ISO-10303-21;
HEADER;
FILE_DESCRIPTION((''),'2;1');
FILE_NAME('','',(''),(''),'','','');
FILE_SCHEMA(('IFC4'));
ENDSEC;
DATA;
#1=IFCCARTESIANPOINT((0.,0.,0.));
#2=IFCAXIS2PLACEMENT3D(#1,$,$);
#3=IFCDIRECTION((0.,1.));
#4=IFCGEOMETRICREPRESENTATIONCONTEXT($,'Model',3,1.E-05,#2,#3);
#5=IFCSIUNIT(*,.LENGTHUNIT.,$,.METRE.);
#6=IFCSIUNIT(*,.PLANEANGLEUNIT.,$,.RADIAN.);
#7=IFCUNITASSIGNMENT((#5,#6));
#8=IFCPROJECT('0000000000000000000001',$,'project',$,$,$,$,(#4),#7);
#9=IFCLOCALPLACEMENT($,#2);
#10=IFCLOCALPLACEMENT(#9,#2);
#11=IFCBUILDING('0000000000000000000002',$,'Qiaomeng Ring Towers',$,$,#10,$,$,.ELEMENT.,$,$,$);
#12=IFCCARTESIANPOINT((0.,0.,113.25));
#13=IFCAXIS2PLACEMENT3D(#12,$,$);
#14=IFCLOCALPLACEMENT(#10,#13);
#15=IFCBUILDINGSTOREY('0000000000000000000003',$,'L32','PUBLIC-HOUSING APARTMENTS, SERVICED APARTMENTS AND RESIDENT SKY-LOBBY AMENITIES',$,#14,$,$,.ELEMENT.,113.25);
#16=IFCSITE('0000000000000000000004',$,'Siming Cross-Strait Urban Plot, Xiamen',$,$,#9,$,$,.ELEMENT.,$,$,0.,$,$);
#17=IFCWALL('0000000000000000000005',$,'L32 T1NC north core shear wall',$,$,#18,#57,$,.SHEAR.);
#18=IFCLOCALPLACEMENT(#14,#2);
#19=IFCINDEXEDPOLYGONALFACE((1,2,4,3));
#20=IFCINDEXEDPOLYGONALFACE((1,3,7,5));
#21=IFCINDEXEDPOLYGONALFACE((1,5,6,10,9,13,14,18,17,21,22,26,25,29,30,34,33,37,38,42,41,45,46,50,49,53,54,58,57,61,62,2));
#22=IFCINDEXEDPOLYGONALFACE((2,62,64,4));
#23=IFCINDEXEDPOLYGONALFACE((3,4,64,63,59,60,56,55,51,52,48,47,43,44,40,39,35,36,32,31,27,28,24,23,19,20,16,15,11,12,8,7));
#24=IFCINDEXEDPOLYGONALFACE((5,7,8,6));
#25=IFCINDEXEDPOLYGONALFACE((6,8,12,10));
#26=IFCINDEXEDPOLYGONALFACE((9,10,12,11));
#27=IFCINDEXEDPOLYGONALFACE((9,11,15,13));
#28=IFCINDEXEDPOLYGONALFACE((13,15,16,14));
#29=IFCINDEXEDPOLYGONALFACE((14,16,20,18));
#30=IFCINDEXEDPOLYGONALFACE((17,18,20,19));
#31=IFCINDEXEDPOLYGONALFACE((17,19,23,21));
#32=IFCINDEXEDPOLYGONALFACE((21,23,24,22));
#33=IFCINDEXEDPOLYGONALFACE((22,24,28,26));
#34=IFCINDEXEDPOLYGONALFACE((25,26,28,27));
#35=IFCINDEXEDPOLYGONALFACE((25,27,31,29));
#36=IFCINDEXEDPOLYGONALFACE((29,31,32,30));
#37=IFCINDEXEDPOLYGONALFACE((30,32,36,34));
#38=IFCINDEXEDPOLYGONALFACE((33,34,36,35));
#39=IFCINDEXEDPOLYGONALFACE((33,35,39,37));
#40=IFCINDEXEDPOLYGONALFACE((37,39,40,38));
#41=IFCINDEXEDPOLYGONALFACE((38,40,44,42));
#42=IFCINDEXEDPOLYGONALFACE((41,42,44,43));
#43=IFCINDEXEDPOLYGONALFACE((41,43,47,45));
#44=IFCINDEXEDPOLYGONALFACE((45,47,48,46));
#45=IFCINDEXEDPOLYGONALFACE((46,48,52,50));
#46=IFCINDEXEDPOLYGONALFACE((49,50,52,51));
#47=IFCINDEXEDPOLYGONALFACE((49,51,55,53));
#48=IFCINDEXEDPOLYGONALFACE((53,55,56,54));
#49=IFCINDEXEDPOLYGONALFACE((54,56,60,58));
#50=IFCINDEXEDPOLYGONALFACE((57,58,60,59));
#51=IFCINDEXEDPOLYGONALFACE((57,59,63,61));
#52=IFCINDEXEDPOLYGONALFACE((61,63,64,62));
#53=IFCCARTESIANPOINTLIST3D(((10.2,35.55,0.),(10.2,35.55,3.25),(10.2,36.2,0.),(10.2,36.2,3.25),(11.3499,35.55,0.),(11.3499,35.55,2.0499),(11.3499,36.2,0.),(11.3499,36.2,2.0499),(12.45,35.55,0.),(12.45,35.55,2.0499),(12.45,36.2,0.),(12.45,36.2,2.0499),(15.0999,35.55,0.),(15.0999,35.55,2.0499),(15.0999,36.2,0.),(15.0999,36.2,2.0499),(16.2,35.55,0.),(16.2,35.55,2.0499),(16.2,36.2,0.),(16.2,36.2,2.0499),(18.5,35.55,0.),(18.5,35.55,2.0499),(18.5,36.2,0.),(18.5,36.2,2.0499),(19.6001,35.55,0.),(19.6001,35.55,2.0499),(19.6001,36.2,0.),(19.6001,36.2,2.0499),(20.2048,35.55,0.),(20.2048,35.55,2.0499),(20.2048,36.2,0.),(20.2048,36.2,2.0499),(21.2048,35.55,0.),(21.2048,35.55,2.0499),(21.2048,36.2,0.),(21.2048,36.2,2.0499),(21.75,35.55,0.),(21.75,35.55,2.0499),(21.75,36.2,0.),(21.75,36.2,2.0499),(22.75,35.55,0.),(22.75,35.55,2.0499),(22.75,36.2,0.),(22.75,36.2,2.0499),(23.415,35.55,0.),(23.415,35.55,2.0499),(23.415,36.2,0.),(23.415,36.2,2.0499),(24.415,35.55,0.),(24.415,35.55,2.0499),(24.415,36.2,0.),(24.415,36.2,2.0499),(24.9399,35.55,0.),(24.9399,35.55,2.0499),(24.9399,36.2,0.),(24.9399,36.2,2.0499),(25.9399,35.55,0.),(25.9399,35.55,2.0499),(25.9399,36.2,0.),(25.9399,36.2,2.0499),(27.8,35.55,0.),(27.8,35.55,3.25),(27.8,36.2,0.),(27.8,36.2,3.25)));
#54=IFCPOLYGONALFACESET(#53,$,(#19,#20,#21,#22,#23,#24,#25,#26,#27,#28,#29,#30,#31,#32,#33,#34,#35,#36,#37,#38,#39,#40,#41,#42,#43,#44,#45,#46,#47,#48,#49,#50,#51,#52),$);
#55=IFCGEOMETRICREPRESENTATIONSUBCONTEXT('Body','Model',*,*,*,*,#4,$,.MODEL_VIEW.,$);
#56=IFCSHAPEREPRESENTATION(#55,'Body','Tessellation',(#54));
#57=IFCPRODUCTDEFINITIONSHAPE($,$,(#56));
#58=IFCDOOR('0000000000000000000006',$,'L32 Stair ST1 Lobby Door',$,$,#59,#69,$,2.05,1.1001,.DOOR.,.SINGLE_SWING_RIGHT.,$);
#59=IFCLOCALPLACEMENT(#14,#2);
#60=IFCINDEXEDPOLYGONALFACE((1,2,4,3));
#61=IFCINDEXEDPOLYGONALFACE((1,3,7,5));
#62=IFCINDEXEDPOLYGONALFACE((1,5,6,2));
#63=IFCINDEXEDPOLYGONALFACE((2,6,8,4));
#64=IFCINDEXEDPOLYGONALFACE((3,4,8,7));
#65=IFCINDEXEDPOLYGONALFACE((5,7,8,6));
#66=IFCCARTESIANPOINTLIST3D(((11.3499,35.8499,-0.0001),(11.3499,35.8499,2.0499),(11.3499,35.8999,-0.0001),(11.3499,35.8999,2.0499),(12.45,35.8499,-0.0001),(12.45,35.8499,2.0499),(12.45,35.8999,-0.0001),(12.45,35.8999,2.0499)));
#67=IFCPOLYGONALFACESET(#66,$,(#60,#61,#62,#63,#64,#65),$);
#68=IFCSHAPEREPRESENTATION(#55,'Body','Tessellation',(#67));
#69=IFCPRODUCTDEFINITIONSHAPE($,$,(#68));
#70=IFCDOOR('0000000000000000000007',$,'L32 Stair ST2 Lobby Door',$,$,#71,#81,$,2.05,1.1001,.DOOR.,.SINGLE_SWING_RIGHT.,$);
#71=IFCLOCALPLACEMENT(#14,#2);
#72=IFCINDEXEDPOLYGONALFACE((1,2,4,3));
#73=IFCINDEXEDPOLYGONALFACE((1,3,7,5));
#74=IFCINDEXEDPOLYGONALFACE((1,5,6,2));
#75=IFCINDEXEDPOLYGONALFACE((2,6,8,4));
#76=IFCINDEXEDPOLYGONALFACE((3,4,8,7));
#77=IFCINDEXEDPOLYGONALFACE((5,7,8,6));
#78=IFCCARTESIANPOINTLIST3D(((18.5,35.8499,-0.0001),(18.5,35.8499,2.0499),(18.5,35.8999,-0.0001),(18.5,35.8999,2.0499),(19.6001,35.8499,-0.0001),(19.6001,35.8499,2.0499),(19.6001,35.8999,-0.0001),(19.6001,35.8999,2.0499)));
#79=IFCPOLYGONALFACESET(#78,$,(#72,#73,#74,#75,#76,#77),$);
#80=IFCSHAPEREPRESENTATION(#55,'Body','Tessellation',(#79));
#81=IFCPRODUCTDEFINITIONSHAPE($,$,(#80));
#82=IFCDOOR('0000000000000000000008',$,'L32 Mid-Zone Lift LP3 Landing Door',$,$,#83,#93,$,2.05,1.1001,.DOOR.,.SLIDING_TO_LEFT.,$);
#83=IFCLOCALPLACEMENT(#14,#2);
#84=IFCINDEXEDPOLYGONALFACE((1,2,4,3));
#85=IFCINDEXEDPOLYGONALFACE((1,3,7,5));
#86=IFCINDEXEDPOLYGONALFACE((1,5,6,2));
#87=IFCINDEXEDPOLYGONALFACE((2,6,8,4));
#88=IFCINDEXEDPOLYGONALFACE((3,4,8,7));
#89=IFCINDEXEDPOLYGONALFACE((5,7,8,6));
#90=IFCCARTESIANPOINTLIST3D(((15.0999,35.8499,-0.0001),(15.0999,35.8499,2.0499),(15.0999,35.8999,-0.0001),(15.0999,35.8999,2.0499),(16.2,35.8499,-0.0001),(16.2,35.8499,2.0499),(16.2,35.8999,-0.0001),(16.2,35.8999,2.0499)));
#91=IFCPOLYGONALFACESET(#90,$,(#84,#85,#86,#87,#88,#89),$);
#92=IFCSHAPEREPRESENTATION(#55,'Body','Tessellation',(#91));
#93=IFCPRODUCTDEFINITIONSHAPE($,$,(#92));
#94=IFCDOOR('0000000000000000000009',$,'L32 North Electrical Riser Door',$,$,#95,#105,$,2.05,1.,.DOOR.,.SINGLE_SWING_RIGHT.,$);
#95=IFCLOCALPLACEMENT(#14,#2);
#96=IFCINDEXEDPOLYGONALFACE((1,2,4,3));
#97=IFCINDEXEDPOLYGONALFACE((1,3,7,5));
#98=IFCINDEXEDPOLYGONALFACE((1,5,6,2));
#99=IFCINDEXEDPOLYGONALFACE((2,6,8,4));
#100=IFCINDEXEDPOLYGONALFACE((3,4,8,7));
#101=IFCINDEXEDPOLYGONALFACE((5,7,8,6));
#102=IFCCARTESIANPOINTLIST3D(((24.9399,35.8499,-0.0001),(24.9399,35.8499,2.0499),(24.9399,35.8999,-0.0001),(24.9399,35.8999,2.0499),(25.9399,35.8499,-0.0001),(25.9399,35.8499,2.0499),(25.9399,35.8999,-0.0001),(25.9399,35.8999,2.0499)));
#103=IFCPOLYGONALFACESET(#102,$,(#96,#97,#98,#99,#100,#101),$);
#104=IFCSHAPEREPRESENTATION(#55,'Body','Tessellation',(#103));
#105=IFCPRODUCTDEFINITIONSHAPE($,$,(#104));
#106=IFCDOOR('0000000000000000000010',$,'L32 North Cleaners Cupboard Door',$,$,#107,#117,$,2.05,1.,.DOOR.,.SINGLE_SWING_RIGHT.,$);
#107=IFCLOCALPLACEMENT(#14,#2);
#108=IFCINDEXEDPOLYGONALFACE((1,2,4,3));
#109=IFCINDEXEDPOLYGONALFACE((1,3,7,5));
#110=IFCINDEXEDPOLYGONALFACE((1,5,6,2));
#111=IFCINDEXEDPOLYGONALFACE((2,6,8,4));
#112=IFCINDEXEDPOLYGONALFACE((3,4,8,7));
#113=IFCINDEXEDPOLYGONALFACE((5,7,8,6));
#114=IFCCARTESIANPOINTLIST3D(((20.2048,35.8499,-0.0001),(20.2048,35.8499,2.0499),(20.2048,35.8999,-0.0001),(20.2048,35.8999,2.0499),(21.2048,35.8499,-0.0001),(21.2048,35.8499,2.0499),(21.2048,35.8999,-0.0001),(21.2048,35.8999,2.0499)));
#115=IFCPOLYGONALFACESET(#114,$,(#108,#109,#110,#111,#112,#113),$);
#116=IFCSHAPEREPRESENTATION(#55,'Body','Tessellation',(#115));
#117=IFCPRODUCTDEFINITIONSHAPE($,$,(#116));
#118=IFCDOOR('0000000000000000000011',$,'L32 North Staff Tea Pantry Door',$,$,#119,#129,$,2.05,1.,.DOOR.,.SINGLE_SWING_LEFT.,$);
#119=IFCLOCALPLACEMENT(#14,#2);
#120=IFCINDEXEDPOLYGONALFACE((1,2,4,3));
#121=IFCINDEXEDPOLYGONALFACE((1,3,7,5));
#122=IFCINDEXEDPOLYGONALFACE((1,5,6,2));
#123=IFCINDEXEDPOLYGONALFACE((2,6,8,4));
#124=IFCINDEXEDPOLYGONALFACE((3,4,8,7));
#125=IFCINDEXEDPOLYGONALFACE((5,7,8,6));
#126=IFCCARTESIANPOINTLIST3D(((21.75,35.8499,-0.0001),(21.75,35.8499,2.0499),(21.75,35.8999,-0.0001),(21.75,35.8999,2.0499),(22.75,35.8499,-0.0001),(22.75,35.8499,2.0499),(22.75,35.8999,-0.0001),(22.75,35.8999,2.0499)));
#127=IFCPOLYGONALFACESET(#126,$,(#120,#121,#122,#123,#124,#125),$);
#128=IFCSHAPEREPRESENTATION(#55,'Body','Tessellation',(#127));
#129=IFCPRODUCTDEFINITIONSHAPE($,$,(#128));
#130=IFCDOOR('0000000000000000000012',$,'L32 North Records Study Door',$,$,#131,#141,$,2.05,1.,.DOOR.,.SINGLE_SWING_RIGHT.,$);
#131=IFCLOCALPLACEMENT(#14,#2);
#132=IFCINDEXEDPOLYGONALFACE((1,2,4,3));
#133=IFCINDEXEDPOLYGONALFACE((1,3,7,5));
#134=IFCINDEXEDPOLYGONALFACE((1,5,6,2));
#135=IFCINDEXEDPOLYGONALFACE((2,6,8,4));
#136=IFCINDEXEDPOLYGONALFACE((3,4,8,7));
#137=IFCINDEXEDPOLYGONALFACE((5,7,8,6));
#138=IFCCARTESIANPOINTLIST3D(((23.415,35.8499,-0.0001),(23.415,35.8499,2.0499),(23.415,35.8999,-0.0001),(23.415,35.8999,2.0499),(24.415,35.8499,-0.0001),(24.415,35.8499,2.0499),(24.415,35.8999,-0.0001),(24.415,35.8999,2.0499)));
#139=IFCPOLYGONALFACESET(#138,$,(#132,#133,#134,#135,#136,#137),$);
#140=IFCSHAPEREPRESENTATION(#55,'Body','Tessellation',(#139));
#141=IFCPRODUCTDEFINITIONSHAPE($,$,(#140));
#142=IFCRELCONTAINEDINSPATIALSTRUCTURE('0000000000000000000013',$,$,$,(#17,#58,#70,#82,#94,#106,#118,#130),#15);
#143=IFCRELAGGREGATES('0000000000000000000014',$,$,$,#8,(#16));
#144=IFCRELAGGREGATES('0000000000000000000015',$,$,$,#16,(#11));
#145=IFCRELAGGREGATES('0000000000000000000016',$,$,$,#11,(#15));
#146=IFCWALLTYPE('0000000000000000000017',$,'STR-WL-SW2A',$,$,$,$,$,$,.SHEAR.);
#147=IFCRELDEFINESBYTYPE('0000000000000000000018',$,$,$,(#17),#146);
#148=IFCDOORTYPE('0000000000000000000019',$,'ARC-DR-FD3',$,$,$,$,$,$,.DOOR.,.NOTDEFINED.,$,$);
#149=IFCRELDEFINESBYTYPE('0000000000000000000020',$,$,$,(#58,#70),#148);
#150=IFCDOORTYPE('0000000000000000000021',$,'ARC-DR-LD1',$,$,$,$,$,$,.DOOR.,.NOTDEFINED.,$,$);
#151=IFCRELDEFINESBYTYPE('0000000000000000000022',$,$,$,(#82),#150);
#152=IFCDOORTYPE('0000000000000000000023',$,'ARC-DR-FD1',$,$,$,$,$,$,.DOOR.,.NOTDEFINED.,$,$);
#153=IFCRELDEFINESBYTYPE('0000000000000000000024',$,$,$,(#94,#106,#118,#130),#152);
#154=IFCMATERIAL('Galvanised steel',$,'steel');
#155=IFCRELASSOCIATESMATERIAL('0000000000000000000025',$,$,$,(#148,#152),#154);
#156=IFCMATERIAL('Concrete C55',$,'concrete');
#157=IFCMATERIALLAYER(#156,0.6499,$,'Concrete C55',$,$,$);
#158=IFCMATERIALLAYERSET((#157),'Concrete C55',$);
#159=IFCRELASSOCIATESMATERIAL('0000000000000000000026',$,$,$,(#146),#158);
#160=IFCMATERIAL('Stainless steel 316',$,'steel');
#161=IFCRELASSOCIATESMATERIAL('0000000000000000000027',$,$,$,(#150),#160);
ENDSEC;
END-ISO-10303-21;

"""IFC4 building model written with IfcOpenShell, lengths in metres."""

from ifc_helpers import new_model, si_unit, direction, frame, frame_2d, origin, place, context, subcontext, project, spatial, rectangle, extrude, source, transform, mapped, material, layer, layer_set, type_object, element, fill, save


model = new_model("IFC4")

# Units and contexts
model_context = context("Model", 3, precision=1e-05, world=origin(), true_north=direction((0.0, 1.0)))
body_context = subcontext(model_context, "Body", "Model", "MODEL_VIEW")
ifc_project = project(units=[si_unit("LENGTHUNIT", "METRE"), si_unit("PLANEANGLEUNIT", "RADIAN")], contexts=[model_context])

# Site, building, storey
site_placement = place(None, origin())
site = spatial("IfcSite", under=ifc_project, at=site_placement, Name="Siming Cross-Strait Urban Plot, Xiamen", CompositionType="ELEMENT", RefElevation=0.0)
building_placement = place(site_placement, origin())
building = spatial("IfcBuilding", under=site, at=building_placement, Name="Qiaomeng Ring Towers", CompositionType="ELEMENT")
storey_placement = place(building_placement, frame((0.0, 0.0, 113.25)))
storey = spatial("IfcBuildingStorey", under=building, at=storey_placement, Name="L32", Description="PUBLIC-HOUSING APARTMENTS, SERVICED APARTMENTS AND RESIDENT SKY-LOBBY AMENITIES", CompositionType="ELEMENT", Elevation=113.25)

# Shared definitions
ifc_material_1 = material(Name="Concrete C55", Category="concrete")

# Shared definitions
shared_shape_1 = source(origin(), body_context, "Body", "SweptSolid", [
    extrude(rectangle(XDim=1.0, YDim=2.05, at=frame_2d((0.5, 1.0249))), frame((0.0, 0.0249, 0.0), z_axis=(0.0, -1.0, 0.0), x_axis=(1.0, 0.0, 0.0)), (0.0, 0.0, 1.0), 0.05),
])

# Shared definitions
ifc_material_2 = material(Name="Galvanised steel", Category="steel")
door_type_1 = type_object("IfcDoorType", Name="ARC-DR-FD3", OperationType="NOTDEFINED", PredefinedType="DOOR", material=ifc_material_2)
shared_shape_2 = source(origin(), body_context, "Body", "SweptSolid", [
    extrude(rectangle(XDim=1.1001, YDim=2.05, at=frame_2d((0.55, 1.0249))), frame((0.0, 0.0249, 0.0), z_axis=(0.0, -1.0, 0.0), x_axis=(1.0, 0.0, 0.0)), (0.0, 0.0, 1.0), 0.05),
])

# Wall, openings, doors
ifc_layer_1 = layer(ifc_material_1, 0.6499, Name="Concrete C55")
ifc_layer_set_1 = layer_set([ifc_layer_1], Name="Concrete C55")
wall_type_1 = type_object("IfcWallType", Name="STR-WL-SW2A", PredefinedType="SHEAR", material=ifc_layer_set_1)
wall_1_placement = place(storey_placement, frame((10.2, 35.875, 0.0), z_axis=(0.0, 0.0, 1.0), x_axis=(1.0, 0.0, 0.0)))
wall_1 = element("IfcWall", 1, at=wall_1_placement, inside=storey, type_object=wall_type_1, Name="L32 T1NC north core shear wall", PredefinedType="SHEAR", context=body_context, shape_type="SweptSolid", body=[
    extrude(rectangle(XDim=17.6001, YDim=0.6499, at=frame_2d((8.8, 0.0))), origin(), (0.0, 0.0, 1.0), 3.25),
])
opening_1_placement = place(wall_1_placement, frame((1.1499, 0.0, 0.0)))
opening_1 = element("IfcOpeningElement", 2, at=opening_1_placement, cuts=wall_1, PredefinedType="OPENING", context=body_context, shape_type="SweptSolid", body=[
    extrude(rectangle(XDim=1.1001, YDim=2.05, at=frame_2d((0.55, 1.0249))), frame((0.0, 0.335, 0.0), z_axis=(0.0, -1.0, 0.0), x_axis=(1.0, 0.0, 0.0)), (0.0, 0.0, 1.0), 0.6699),
])
opening_2_placement = place(wall_1_placement, frame((8.3, 0.0, 0.0)))
opening_2 = element("IfcOpeningElement", 3, at=opening_2_placement, cuts=wall_1, PredefinedType="OPENING", context=body_context, shape_type="SweptSolid", body=[
    extrude(rectangle(XDim=1.1001, YDim=2.05, at=frame_2d((0.55, 1.0249))), frame((0.0, 0.335, 0.0), z_axis=(0.0, -1.0, 0.0), x_axis=(1.0, 0.0, 0.0)), (0.0, 0.0, 1.0), 0.6699),
])
opening_3_placement = place(wall_1_placement, frame((4.8999, 0.0, 0.0)))
opening_3 = element("IfcOpeningElement", 4, at=opening_3_placement, cuts=wall_1, PredefinedType="OPENING", context=body_context, shape_type="SweptSolid", body=[
    extrude(rectangle(XDim=1.1001, YDim=2.05, at=frame_2d((0.55, 1.0249))), frame((0.0, 0.335, 0.0), z_axis=(0.0, -1.0, 0.0), x_axis=(1.0, 0.0, 0.0)), (0.0, 0.0, 1.0), 0.6699),
])
opening_4_placement = place(wall_1_placement, frame((14.74, 0.0, 0.0)))
opening_4 = element("IfcOpeningElement", 5, at=opening_4_placement, cuts=wall_1, PredefinedType="OPENING", context=body_context, shape_type="SweptSolid", body=[
    extrude(rectangle(XDim=1.0, YDim=2.05, at=frame_2d((0.5, 1.0249))), frame((0.0, 0.335, 0.0), z_axis=(0.0, -1.0, 0.0), x_axis=(1.0, 0.0, 0.0)), (0.0, 0.0, 1.0), 0.6699),
])
opening_5_placement = place(wall_1_placement, frame((10.0049, 0.0, 0.0)))
opening_5 = element("IfcOpeningElement", 6, at=opening_5_placement, cuts=wall_1, PredefinedType="OPENING", context=body_context, shape_type="SweptSolid", body=[
    extrude(rectangle(XDim=1.0, YDim=2.05, at=frame_2d((0.5, 1.0249))), frame((0.0, 0.335, 0.0), z_axis=(0.0, -1.0, 0.0), x_axis=(1.0, 0.0, 0.0)), (0.0, 0.0, 1.0), 0.6699),
])
opening_6_placement = place(wall_1_placement, frame((11.55, 0.0, 0.0)))
opening_6 = element("IfcOpeningElement", 7, at=opening_6_placement, cuts=wall_1, PredefinedType="OPENING", context=body_context, shape_type="SweptSolid", body=[
    extrude(rectangle(XDim=1.0, YDim=2.05, at=frame_2d((0.5, 1.0249))), frame((0.0, 0.335, 0.0), z_axis=(0.0, -1.0, 0.0), x_axis=(1.0, 0.0, 0.0)), (0.0, 0.0, 1.0), 0.6699),
])
opening_7_placement = place(wall_1_placement, frame((13.2151, 0.0, 0.0)))
opening_7 = element("IfcOpeningElement", 8, at=opening_7_placement, cuts=wall_1, PredefinedType="OPENING", context=body_context, shape_type="SweptSolid", body=[
    extrude(rectangle(XDim=1.0, YDim=2.05, at=frame_2d((0.5, 1.0249))), frame((0.0, 0.335, 0.0), z_axis=(0.0, -1.0, 0.0), x_axis=(1.0, 0.0, 0.0)), (0.0, 0.0, 1.0), 0.6699),
])
door_1_placement = place(opening_1_placement, origin())
door_1 = element("IfcDoor", 9, at=door_1_placement, inside=storey, type_object=door_type_1, Name="L32 Stair ST1 Lobby Door", OperationType="SINGLE_SWING_RIGHT", OverallHeight=2.05, OverallWidth=1.1001, PredefinedType="DOOR", context=body_context, shape_type="MappedRepresentation", body=[
    mapped(shared_shape_2, transform((0.0, 0.0, 0.0), x_axis=(1.0, 0.0, 0.0), y_axis=(0.0, 1.0, 0.0), z_axis=(0.0, 0.0, 1.0), scale=1.0)),
])
fill(opening_1, door_1)
door_2_placement = place(opening_2_placement, origin())
door_2 = element("IfcDoor", 10, at=door_2_placement, inside=storey, type_object=door_type_1, Name="L32 Stair ST2 Lobby Door", OperationType="SINGLE_SWING_RIGHT", OverallHeight=2.05, OverallWidth=1.1001, PredefinedType="DOOR", context=body_context, shape_type="MappedRepresentation", body=[
    mapped(shared_shape_2, transform((0.0, 0.0, 0.0), x_axis=(1.0, 0.0, 0.0), y_axis=(0.0, 1.0, 0.0), z_axis=(0.0, 0.0, 1.0), scale=1.0)),
])
fill(opening_2, door_2)
ifc_material_3 = material(Name="Stainless steel 316", Category="steel")
door_type_2 = type_object("IfcDoorType", Name="ARC-DR-LD1", OperationType="NOTDEFINED", PredefinedType="DOOR", material=ifc_material_3)
door_3_placement = place(opening_3_placement, origin())
door_3 = element("IfcDoor", 11, at=door_3_placement, inside=storey, type_object=door_type_2, Name="L32 Mid-Zone Lift LP3 Landing Door", OperationType="SLIDING_TO_LEFT", OverallHeight=2.05, OverallWidth=1.1001, PredefinedType="DOOR", context=body_context, shape_type="MappedRepresentation", body=[
    mapped(shared_shape_2, transform((0.0, 0.0, 0.0), x_axis=(1.0, 0.0, 0.0), y_axis=(0.0, 1.0, 0.0), z_axis=(0.0, 0.0, 1.0), scale=1.0)),
])
fill(opening_3, door_3)
door_type_3 = type_object("IfcDoorType", Name="ARC-DR-FD1", OperationType="NOTDEFINED", PredefinedType="DOOR", material=ifc_material_2)
door_4_placement = place(opening_4_placement, origin())
door_4 = element("IfcDoor", 12, at=door_4_placement, inside=storey, type_object=door_type_3, Name="L32 North Electrical Riser Door", OperationType="SINGLE_SWING_RIGHT", OverallHeight=2.05, OverallWidth=1.0, PredefinedType="DOOR", context=body_context, shape_type="MappedRepresentation", body=[
    mapped(shared_shape_1, transform((0.0, 0.0, 0.0), x_axis=(1.0, 0.0, 0.0), y_axis=(0.0, 1.0, 0.0), z_axis=(0.0, 0.0, 1.0), scale=1.0)),
])
fill(opening_4, door_4)
door_5_placement = place(opening_5_placement, origin())
door_5 = element("IfcDoor", 13, at=door_5_placement, inside=storey, type_object=door_type_3, Name="L32 North Cleaners Cupboard Door", OperationType="SINGLE_SWING_RIGHT", OverallHeight=2.05, OverallWidth=1.0, PredefinedType="DOOR", context=body_context, shape_type="MappedRepresentation", body=[
    mapped(shared_shape_1, transform((0.0, 0.0, 0.0), x_axis=(1.0, 0.0, 0.0), y_axis=(0.0, 1.0, 0.0), z_axis=(0.0, 0.0, 1.0), scale=1.0)),
])
fill(opening_5, door_5)
door_6_placement = place(opening_6_placement, origin())
door_6 = element("IfcDoor", 14, at=door_6_placement, inside=storey, type_object=door_type_3, Name="L32 North Staff Tea Pantry Door", OperationType="SINGLE_SWING_LEFT", OverallHeight=2.05, OverallWidth=1.0, PredefinedType="DOOR", context=body_context, shape_type="MappedRepresentation", body=[
    mapped(shared_shape_1, transform((0.0, 0.0, 0.0), x_axis=(1.0, 0.0, 0.0), y_axis=(0.0, 1.0, 0.0), z_axis=(0.0, 0.0, 1.0), scale=1.0)),
])
fill(opening_6, door_6)
door_7_placement = place(opening_7_placement, origin())
door_7 = element("IfcDoor", 15, at=door_7_placement, inside=storey, type_object=door_type_3, Name="L32 North Records Study Door", OperationType="SINGLE_SWING_RIGHT", OverallHeight=2.05, OverallWidth=1.0, PredefinedType="DOOR", context=body_context, shape_type="MappedRepresentation", body=[
    mapped(shared_shape_1, transform((0.0, 0.0, 0.0), x_axis=(1.0, 0.0, 0.0), y_axis=(0.0, 1.0, 0.0), z_axis=(0.0, 0.0, 1.0), scale=1.0)),
])
fill(opening_7, door_7)

save(model, "model.ifc")
